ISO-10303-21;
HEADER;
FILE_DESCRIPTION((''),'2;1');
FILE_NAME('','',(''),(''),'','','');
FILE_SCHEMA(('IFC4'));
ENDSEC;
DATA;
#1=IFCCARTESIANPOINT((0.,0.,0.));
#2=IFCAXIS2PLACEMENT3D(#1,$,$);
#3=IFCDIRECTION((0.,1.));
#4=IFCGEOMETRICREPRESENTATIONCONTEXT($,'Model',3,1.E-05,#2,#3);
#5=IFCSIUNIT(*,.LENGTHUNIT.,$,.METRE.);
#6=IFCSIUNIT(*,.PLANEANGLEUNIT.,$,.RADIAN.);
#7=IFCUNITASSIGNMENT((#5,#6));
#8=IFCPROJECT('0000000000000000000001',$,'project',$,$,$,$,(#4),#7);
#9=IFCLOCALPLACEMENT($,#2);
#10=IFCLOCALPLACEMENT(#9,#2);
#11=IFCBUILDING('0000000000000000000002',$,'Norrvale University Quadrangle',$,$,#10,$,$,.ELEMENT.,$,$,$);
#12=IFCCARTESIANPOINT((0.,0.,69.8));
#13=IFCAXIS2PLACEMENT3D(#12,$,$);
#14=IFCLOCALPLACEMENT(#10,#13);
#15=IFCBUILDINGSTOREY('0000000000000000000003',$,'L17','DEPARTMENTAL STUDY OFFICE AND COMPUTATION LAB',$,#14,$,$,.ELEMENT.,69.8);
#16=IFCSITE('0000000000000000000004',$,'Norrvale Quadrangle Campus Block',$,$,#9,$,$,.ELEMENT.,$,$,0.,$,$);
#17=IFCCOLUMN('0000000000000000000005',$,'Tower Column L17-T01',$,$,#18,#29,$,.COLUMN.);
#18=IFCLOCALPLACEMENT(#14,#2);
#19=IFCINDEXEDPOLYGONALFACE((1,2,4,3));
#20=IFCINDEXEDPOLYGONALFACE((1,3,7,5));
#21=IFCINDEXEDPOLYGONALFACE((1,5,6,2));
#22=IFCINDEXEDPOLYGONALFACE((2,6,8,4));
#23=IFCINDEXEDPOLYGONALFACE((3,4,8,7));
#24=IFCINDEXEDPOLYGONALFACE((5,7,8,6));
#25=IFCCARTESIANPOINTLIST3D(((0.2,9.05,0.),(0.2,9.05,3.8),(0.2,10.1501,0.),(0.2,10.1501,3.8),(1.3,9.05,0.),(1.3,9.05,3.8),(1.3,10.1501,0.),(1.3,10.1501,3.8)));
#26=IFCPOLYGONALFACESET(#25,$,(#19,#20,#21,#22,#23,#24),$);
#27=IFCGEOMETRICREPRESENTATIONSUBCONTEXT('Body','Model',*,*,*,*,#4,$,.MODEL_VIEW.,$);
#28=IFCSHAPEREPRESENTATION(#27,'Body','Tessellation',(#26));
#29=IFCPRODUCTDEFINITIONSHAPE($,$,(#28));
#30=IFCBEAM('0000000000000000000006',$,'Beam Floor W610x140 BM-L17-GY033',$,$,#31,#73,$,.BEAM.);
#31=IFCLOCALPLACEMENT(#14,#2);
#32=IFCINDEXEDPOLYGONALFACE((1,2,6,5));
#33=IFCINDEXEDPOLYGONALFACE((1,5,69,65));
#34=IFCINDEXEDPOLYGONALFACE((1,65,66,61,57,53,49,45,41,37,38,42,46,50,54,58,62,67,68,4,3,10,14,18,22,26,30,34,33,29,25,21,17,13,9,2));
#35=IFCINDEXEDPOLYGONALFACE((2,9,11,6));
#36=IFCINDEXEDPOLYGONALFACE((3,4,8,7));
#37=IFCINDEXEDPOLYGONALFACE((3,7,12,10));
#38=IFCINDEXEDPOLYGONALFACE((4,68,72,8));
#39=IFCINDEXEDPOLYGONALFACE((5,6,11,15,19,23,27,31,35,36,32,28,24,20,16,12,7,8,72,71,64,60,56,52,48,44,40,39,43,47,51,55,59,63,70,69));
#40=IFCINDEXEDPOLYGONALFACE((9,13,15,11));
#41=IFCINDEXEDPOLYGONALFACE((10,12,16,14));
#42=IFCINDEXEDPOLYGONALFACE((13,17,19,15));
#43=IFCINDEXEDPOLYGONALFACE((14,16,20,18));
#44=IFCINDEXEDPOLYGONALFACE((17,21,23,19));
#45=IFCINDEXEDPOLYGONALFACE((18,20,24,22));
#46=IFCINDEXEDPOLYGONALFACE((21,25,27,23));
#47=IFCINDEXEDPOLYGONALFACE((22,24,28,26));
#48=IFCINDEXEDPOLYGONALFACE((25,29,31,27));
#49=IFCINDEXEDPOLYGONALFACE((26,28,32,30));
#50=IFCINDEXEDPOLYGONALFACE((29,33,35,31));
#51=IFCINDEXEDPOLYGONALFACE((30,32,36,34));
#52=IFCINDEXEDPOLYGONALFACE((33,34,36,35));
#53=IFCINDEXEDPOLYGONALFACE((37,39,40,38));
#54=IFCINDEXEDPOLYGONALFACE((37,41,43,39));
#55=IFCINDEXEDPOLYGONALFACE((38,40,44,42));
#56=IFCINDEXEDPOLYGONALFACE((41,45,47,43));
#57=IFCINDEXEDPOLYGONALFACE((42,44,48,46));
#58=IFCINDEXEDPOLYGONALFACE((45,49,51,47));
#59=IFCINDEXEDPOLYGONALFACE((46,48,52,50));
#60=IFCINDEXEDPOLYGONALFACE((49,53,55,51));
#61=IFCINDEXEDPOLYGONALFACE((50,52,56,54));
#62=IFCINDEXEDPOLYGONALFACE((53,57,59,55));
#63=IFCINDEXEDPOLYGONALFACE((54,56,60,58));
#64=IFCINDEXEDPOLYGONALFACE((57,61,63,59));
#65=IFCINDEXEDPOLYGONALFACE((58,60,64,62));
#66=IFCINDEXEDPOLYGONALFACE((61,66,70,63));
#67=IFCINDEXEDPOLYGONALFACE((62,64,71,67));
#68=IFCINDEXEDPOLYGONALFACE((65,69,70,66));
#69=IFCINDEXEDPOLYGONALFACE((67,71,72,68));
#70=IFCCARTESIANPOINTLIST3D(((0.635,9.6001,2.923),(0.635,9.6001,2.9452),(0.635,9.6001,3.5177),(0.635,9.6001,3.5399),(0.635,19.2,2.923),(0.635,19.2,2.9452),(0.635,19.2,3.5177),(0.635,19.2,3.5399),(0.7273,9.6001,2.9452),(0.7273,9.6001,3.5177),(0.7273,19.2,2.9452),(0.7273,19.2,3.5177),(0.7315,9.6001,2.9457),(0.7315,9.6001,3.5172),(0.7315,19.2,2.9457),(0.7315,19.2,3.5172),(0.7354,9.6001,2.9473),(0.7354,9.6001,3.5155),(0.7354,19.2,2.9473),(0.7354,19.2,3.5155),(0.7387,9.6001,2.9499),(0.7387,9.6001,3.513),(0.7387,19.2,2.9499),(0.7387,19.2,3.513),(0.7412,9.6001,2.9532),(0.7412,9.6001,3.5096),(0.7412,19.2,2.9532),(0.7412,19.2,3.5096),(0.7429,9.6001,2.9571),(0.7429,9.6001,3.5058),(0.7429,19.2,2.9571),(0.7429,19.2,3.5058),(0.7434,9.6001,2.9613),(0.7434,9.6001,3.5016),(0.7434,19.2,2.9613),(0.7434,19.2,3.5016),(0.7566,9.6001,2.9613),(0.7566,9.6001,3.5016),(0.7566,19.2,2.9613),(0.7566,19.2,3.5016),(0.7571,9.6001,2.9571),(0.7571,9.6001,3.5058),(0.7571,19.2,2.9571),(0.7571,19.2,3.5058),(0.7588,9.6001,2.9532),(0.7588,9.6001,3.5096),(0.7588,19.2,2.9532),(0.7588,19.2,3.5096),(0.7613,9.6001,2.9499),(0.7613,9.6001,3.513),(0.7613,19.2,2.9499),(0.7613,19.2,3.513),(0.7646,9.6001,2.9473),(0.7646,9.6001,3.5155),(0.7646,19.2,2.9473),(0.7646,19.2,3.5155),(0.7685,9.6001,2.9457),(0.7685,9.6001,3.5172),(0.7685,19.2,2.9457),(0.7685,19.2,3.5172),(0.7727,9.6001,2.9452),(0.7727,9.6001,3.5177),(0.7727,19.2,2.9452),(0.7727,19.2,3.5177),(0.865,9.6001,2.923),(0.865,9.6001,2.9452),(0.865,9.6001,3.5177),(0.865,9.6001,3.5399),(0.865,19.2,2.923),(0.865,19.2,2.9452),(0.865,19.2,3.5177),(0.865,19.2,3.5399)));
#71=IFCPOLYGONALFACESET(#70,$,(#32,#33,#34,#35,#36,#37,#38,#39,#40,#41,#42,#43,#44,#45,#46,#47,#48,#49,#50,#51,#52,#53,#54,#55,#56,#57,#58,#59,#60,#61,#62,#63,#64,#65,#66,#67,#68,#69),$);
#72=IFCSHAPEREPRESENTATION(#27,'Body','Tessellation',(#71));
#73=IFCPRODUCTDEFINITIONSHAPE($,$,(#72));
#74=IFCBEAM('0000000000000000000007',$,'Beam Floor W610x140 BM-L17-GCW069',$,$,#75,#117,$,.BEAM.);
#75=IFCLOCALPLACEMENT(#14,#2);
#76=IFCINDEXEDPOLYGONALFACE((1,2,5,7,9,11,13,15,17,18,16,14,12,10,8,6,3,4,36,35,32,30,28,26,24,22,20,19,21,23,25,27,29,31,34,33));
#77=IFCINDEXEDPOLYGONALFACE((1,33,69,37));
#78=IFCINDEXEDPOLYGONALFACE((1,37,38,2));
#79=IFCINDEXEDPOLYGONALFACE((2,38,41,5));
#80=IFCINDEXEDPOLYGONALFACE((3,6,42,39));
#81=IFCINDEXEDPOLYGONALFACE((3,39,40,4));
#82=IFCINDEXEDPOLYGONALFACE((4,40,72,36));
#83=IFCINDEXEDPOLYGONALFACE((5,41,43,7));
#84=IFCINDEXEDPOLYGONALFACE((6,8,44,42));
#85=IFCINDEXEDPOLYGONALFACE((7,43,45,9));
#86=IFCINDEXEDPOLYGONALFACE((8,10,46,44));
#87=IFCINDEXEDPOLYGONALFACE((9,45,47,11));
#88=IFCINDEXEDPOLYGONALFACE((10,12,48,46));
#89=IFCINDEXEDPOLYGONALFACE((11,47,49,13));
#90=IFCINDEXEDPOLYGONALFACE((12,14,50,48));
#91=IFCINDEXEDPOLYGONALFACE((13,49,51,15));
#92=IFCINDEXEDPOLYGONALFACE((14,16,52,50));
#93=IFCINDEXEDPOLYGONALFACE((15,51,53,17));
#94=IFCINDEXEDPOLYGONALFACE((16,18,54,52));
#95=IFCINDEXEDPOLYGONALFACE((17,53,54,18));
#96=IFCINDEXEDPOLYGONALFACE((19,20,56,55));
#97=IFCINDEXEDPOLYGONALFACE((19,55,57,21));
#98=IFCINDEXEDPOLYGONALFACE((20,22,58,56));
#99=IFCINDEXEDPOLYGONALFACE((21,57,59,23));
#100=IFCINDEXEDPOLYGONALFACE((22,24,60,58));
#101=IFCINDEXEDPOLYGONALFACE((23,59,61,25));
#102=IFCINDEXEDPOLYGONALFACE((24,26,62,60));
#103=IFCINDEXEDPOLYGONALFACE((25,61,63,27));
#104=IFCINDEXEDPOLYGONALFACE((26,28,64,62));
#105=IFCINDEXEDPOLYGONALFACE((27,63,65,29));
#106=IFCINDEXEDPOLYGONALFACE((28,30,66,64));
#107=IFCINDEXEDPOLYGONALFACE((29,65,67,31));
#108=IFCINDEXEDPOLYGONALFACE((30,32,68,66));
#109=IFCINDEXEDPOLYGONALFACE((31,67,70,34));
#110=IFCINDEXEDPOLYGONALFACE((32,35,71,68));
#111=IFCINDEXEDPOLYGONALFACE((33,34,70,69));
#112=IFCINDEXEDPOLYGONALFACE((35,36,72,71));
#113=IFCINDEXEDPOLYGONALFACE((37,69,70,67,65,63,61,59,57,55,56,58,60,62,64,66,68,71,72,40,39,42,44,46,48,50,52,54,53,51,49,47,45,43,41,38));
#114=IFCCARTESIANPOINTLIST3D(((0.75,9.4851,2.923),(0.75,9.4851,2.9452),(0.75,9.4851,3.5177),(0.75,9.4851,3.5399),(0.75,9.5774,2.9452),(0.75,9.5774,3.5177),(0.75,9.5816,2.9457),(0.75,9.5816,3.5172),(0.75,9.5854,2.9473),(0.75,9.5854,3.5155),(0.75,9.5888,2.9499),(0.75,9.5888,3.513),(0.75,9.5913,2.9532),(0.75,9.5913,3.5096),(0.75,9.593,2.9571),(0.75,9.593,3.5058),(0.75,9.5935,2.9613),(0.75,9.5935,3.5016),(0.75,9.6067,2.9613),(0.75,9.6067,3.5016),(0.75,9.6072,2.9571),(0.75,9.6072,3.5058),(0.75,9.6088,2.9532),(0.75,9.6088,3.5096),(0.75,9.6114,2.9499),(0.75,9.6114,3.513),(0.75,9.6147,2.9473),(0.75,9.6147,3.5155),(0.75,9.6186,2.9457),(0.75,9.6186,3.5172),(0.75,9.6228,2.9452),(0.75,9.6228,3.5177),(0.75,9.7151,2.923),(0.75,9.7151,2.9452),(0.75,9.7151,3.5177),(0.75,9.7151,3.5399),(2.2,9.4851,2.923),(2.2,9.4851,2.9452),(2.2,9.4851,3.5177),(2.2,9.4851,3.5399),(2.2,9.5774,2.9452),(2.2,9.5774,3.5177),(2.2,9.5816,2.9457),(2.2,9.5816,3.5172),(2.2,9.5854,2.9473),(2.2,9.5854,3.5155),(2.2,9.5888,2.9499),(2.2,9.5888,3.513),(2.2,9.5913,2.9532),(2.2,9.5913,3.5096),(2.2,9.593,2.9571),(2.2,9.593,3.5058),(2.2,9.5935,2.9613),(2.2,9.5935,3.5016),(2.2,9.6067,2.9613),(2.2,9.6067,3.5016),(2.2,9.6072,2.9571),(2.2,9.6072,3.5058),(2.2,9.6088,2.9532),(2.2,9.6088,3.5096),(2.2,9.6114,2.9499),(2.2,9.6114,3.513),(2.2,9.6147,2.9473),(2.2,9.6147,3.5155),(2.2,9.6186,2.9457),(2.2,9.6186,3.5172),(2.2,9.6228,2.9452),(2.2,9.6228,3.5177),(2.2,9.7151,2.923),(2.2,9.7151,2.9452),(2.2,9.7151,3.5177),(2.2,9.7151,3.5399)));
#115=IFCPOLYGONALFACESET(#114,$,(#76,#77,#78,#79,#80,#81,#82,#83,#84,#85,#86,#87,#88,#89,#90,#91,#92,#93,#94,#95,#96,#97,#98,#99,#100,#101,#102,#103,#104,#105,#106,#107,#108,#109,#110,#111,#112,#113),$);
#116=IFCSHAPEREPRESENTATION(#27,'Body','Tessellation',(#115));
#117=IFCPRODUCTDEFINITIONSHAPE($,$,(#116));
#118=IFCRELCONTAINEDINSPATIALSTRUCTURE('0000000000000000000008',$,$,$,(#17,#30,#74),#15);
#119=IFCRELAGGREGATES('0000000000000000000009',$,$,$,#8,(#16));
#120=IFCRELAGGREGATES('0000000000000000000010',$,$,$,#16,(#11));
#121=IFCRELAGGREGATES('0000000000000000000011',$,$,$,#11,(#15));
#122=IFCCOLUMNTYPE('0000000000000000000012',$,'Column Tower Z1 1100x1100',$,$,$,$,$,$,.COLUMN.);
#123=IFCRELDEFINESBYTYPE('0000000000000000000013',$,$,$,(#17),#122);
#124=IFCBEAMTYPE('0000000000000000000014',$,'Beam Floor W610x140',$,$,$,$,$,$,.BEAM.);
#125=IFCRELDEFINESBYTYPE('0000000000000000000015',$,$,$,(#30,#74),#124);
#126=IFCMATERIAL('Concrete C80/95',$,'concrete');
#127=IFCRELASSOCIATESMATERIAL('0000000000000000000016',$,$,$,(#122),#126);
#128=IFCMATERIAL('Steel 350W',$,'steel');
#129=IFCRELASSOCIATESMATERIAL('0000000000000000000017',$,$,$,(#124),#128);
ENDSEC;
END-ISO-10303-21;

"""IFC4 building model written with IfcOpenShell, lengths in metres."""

from ifc_helpers import new_model, si_unit, direction, frame, origin, origin_2d, place, context, subcontext, project, spatial, rectangle, i_section, extrude, material, material_profile, profile_set, type_object, element, save


model = new_model("IFC4")

# Units and contexts
model_context = context("Model", 3, precision=1e-05, world=origin(), true_north=direction((0.0, 1.0)))
body_context = subcontext(model_context, "Body", "Model", "MODEL_VIEW")
ifc_project = project(units=[si_unit("LENGTHUNIT", "METRE"), si_unit("PLANEANGLEUNIT", "RADIAN")], contexts=[model_context])

# Site, building, storey
site_placement = place(None, origin())
site = spatial("IfcSite", under=ifc_project, at=site_placement, Name="Norrvale Quadrangle Campus Block", CompositionType="ELEMENT", RefElevation=0.0)
building_placement = place(site_placement, origin())
building = spatial("IfcBuilding", under=site, at=building_placement, Name="Norrvale University Quadrangle", CompositionType="ELEMENT")
storey_placement = place(building_placement, frame((0.0, 0.0, 69.8)))
storey = spatial("IfcBuildingStorey", under=building, at=storey_placement, Name="L17", Description="DEPARTMENTAL STUDY OFFICE AND COMPUTATION LAB", CompositionType="ELEMENT", Elevation=69.8)

# Column
ifc_material_1 = material(Name="Concrete C80/95", Category="concrete")
ifc_material_profile_1 = material_profile(ifc_material_1, rectangle(XDim=1.1001, YDim=1.1001, at=origin_2d()), Name="Concrete C80/95")
ifc_profile_set_1 = profile_set([ifc_material_profile_1], Name="Concrete C80/95")
column_type = type_object("IfcColumnType", Name="Column Tower Z1 1100x1100", PredefinedType="COLUMN", material=ifc_profile_set_1)
column_placement = place(storey_placement, frame((0.75, 9.6001, 0.0), z_axis=(0.0, 0.0, 1.0), x_axis=(1.0, 0.0, 0.0)))
element("IfcColumn", 1, at=column_placement, inside=storey, type_object=column_type, Name="Tower Column L17-T01", PredefinedType="COLUMN", context=body_context, shape_type="SweptSolid", body=[
    extrude(rectangle(XDim=1.1001, YDim=1.1001, at=origin_2d()), origin(), (0.0, 0.0, 1.0), 3.8),
])

# Beams
ifc_material_2 = material(Name="Steel 350W", Category="steel")
ifc_material_profile_2 = material_profile(ifc_material_2, i_section(OverallWidth=0.23, OverallDepth=0.6169, WebThickness=0.0132, FlangeThickness=0.0222, FilletRadius=0.0161, at=origin_2d()), Name="Steel 350W")
ifc_profile_set_2 = profile_set([ifc_material_profile_2], Name="Steel 350W")
beam_type = type_object("IfcBeamType", Name="Beam Floor W610x140", PredefinedType="BEAM", material=ifc_profile_set_2)
beam_1_placement = place(storey_placement, frame((0.75, 9.6001, 3.2314), z_axis=(0.0, 1.0, 0.0), x_axis=(-1.0, 0.0, 0.0)))
element("IfcBeam", 2, at=beam_1_placement, inside=storey, type_object=beam_type, Name="Beam Floor W610x140 BM-L17-GY033", PredefinedType="BEAM", context=body_context, shape_type="SweptSolid", body=[
    extrude(i_section(OverallWidth=0.23, OverallDepth=0.6169, WebThickness=0.0132, FlangeThickness=0.0222, FilletRadius=0.0161, at=origin_2d()), origin(), (0.0, 0.0, 1.0), 9.5999),
])
beam_2_placement = place(storey_placement, frame((0.75, 9.6001, 3.2314), z_axis=(1.0, 0.0, 0.0), x_axis=(0.0, 1.0, 0.0)))
element("IfcBeam", 3, at=beam_2_placement, inside=storey, type_object=beam_type, Name="Beam Floor W610x140 BM-L17-GCW069", PredefinedType="BEAM", context=body_context, shape_type="SweptSolid", body=[
    extrude(i_section(OverallWidth=0.23, OverallDepth=0.6169, WebThickness=0.0132, FlangeThickness=0.0222, FilletRadius=0.0161, at=origin_2d()), origin(), (0.0, 0.0, 1.0), 1.45),
])

save(model, "model.ifc")
